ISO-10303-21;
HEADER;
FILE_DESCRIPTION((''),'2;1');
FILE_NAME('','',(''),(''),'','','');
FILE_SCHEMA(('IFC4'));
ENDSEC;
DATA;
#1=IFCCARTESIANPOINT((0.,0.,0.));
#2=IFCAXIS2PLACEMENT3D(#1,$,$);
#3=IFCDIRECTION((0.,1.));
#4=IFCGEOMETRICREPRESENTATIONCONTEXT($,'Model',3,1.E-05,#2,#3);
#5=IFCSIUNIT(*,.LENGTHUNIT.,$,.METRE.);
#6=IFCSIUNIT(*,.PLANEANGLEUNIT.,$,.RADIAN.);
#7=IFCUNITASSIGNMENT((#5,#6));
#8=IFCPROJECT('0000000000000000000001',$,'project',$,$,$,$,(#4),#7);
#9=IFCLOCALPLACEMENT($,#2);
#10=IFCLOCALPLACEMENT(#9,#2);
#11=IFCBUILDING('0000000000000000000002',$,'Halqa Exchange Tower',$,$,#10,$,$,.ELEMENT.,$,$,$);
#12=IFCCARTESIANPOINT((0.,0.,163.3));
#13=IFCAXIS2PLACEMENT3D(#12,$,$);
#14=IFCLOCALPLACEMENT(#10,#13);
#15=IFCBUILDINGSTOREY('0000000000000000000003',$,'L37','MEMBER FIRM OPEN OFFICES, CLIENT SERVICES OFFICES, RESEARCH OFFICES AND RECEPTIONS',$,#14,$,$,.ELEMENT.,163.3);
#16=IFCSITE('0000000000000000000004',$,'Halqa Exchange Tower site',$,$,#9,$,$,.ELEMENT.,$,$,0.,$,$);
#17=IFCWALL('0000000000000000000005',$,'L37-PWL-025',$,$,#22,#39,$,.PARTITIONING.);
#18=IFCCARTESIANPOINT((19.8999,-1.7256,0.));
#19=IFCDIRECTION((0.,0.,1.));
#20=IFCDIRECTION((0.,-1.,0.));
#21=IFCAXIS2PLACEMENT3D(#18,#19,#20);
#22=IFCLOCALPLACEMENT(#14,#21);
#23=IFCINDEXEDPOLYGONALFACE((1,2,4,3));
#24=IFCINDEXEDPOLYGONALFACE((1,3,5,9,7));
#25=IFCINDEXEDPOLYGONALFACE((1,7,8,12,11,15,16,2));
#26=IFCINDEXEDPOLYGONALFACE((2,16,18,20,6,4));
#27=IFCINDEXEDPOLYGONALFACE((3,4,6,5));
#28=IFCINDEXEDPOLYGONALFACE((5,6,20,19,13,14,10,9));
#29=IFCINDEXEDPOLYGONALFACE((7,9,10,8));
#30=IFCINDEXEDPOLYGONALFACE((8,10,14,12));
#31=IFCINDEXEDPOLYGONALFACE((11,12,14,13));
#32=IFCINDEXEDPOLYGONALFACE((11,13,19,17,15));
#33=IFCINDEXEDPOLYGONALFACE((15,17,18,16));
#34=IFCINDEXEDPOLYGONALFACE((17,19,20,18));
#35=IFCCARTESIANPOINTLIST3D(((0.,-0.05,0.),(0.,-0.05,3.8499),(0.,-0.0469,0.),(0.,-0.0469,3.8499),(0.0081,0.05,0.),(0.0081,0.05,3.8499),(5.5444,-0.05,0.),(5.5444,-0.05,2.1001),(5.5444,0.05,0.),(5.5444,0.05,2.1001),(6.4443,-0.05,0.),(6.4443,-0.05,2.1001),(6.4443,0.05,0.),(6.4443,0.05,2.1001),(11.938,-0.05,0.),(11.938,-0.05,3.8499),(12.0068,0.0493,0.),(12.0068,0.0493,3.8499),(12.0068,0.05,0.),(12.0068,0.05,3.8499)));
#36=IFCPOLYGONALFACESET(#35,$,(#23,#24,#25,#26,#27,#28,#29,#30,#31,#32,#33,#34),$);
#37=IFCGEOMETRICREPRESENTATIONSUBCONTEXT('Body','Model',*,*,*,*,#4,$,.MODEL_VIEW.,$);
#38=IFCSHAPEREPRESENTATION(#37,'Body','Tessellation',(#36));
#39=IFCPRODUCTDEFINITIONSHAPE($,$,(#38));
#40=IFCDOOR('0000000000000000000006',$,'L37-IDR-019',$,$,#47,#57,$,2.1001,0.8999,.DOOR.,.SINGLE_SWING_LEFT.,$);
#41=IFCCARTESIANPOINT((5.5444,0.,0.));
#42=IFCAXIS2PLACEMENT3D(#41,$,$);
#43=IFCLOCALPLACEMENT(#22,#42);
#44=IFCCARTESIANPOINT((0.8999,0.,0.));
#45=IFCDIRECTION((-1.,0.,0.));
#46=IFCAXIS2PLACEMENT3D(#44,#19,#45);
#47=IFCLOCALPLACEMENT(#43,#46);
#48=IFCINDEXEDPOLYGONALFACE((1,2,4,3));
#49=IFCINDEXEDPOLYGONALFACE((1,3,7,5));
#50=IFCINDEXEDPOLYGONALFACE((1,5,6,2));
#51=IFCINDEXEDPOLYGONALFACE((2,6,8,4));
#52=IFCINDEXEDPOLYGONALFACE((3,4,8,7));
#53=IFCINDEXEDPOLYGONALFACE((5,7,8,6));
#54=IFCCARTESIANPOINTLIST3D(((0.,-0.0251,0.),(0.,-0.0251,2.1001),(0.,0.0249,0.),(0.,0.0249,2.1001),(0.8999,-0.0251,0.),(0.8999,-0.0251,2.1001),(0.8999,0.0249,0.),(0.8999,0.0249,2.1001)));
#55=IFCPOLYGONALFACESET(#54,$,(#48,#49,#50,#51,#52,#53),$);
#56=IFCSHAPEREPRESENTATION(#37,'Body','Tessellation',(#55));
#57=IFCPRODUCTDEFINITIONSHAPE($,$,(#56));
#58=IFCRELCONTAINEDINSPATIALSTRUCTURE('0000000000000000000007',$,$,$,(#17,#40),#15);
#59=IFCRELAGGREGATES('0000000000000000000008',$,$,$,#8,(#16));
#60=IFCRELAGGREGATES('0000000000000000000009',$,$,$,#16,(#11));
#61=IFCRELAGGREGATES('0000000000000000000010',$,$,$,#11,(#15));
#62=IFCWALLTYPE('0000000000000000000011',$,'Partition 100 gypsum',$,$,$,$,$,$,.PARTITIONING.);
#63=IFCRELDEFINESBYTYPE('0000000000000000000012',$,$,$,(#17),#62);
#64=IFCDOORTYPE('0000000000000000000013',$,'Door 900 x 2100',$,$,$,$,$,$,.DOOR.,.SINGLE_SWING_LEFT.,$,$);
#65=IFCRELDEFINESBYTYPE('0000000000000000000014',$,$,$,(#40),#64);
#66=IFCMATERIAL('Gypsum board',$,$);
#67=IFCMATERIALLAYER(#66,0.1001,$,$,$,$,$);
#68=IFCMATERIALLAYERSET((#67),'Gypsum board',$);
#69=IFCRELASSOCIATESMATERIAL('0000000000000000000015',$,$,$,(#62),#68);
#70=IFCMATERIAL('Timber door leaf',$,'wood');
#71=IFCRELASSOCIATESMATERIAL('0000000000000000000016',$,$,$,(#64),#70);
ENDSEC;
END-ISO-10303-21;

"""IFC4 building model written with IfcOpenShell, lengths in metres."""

from ifc_helpers import new_model, si_unit, direction, frame, frame_2d, origin, place, context, subcontext, project, spatial, polyline, rectangle, outline, extrude, material, layer, layer_set, type_object, element, fill, save


model = new_model("IFC4")

# Units and contexts
model_context = context("Model", 3, precision=1e-05, world=origin(), true_north=direction((0.0, 1.0)))
body_context = subcontext(model_context, "Body", "Model", "MODEL_VIEW")
ifc_project = project(units=[si_unit("LENGTHUNIT", "METRE"), si_unit("PLANEANGLEUNIT", "RADIAN")], contexts=[model_context])

# Site, building, storey
site_placement = place(None, origin())
site = spatial("IfcSite", under=ifc_project, at=site_placement, Name="Halqa Exchange Tower site", CompositionType="ELEMENT", RefElevation=0.0)
building_placement = place(site_placement, origin())
building = spatial("IfcBuilding", under=site, at=building_placement, Name="Halqa Exchange Tower", CompositionType="ELEMENT")
storey_placement = place(building_placement, frame((0.0, 0.0, 163.3)))
storey = spatial("IfcBuildingStorey", under=building, at=storey_placement, Name="L37", Description="MEMBER FIRM OPEN OFFICES, CLIENT SERVICES OFFICES, RESEARCH OFFICES AND RECEPTIONS", CompositionType="ELEMENT", Elevation=163.3)

# Wall, opening, door
ifc_material_1 = material(Name="Gypsum board")
ifc_layer_1 = layer(ifc_material_1, 0.1001)
ifc_layer_set_1 = layer_set([ifc_layer_1], Name="Gypsum board")
wall_type_1 = type_object("IfcWallType", Name="Partition 100 gypsum", PredefinedType="PARTITIONING", material=ifc_layer_set_1)
wall_1_placement = place(storey_placement, frame((19.8999, -1.7256, 0.0), z_axis=(0.0, 0.0, 1.0), x_axis=(0.0, -1.0, 0.0)))
wall_1 = element("IfcWall", 1, at=wall_1_placement, inside=storey, type_object=wall_type_1, Name="L37-PWL-025", PredefinedType="PARTITIONING", context=body_context, shape_type="SweptSolid", body=[
    extrude(outline(polyline([(0.0, -0.05), (1.9897, -0.05), (3.9792, -0.05), (5.969, -0.05), (7.9587, -0.05), (9.9485, -0.05), (11.938, -0.05), (12.0068, 0.0493), (12.0068, 0.05), (10.0071, 0.05), (8.0073, 0.05), (6.0073, 0.05), (4.0076, 0.05), (2.0078, 0.05), (0.0081, 0.05), (0.0, -0.0469), (0.0, -0.05)])), origin(), (0.0, 0.0, 1.0), 3.8499),
])
opening_1_placement = place(wall_1_placement, frame((5.5444, 0.0, 0.0)))
opening_1 = element("IfcOpeningElement", 2, at=opening_1_placement, cuts=wall_1, PredefinedType="OPENING", context=body_context, shape_type="SweptSolid", body=[
    extrude(rectangle(XDim=0.8999, YDim=2.1001, at=frame_2d((0.45, 1.05))), frame((0.0, 0.062, 0.0), z_axis=(0.0, -1.0, 0.0), x_axis=(1.0, 0.0, 0.0)), (0.0, 0.0, 1.0), 0.124),
])
ifc_material_2 = material(Name="Timber door leaf", Category="wood")
door_type_1 = type_object("IfcDoorType", Name="Door 900 x 2100", OperationType="SINGLE_SWING_LEFT", PredefinedType="DOOR", material=ifc_material_2)
door_1_placement = place(opening_1_placement, frame((0.8999, 0.0, 0.0), z_axis=(0.0, 0.0, 1.0), x_axis=(-1.0, 0.0, 0.0)))
door_1 = element("IfcDoor", 3, at=door_1_placement, inside=storey, type_object=door_type_1, Name="L37-IDR-019", OperationType="SINGLE_SWING_LEFT", OverallHeight=2.1001, OverallWidth=0.8999, PredefinedType="DOOR", context=body_context, shape_type="SweptSolid", body=[
    extrude(rectangle(XDim=0.8999, YDim=2.1001, at=frame_2d((0.45, 1.05))), frame((0.0, 0.0249, 0.0), z_axis=(0.0, -1.0, 0.0), x_axis=(1.0, 0.0, 0.0)), (0.0, 0.0, 1.0), 0.05),
])
fill(opening_1, door_1)

save(model, "model.ifc")
